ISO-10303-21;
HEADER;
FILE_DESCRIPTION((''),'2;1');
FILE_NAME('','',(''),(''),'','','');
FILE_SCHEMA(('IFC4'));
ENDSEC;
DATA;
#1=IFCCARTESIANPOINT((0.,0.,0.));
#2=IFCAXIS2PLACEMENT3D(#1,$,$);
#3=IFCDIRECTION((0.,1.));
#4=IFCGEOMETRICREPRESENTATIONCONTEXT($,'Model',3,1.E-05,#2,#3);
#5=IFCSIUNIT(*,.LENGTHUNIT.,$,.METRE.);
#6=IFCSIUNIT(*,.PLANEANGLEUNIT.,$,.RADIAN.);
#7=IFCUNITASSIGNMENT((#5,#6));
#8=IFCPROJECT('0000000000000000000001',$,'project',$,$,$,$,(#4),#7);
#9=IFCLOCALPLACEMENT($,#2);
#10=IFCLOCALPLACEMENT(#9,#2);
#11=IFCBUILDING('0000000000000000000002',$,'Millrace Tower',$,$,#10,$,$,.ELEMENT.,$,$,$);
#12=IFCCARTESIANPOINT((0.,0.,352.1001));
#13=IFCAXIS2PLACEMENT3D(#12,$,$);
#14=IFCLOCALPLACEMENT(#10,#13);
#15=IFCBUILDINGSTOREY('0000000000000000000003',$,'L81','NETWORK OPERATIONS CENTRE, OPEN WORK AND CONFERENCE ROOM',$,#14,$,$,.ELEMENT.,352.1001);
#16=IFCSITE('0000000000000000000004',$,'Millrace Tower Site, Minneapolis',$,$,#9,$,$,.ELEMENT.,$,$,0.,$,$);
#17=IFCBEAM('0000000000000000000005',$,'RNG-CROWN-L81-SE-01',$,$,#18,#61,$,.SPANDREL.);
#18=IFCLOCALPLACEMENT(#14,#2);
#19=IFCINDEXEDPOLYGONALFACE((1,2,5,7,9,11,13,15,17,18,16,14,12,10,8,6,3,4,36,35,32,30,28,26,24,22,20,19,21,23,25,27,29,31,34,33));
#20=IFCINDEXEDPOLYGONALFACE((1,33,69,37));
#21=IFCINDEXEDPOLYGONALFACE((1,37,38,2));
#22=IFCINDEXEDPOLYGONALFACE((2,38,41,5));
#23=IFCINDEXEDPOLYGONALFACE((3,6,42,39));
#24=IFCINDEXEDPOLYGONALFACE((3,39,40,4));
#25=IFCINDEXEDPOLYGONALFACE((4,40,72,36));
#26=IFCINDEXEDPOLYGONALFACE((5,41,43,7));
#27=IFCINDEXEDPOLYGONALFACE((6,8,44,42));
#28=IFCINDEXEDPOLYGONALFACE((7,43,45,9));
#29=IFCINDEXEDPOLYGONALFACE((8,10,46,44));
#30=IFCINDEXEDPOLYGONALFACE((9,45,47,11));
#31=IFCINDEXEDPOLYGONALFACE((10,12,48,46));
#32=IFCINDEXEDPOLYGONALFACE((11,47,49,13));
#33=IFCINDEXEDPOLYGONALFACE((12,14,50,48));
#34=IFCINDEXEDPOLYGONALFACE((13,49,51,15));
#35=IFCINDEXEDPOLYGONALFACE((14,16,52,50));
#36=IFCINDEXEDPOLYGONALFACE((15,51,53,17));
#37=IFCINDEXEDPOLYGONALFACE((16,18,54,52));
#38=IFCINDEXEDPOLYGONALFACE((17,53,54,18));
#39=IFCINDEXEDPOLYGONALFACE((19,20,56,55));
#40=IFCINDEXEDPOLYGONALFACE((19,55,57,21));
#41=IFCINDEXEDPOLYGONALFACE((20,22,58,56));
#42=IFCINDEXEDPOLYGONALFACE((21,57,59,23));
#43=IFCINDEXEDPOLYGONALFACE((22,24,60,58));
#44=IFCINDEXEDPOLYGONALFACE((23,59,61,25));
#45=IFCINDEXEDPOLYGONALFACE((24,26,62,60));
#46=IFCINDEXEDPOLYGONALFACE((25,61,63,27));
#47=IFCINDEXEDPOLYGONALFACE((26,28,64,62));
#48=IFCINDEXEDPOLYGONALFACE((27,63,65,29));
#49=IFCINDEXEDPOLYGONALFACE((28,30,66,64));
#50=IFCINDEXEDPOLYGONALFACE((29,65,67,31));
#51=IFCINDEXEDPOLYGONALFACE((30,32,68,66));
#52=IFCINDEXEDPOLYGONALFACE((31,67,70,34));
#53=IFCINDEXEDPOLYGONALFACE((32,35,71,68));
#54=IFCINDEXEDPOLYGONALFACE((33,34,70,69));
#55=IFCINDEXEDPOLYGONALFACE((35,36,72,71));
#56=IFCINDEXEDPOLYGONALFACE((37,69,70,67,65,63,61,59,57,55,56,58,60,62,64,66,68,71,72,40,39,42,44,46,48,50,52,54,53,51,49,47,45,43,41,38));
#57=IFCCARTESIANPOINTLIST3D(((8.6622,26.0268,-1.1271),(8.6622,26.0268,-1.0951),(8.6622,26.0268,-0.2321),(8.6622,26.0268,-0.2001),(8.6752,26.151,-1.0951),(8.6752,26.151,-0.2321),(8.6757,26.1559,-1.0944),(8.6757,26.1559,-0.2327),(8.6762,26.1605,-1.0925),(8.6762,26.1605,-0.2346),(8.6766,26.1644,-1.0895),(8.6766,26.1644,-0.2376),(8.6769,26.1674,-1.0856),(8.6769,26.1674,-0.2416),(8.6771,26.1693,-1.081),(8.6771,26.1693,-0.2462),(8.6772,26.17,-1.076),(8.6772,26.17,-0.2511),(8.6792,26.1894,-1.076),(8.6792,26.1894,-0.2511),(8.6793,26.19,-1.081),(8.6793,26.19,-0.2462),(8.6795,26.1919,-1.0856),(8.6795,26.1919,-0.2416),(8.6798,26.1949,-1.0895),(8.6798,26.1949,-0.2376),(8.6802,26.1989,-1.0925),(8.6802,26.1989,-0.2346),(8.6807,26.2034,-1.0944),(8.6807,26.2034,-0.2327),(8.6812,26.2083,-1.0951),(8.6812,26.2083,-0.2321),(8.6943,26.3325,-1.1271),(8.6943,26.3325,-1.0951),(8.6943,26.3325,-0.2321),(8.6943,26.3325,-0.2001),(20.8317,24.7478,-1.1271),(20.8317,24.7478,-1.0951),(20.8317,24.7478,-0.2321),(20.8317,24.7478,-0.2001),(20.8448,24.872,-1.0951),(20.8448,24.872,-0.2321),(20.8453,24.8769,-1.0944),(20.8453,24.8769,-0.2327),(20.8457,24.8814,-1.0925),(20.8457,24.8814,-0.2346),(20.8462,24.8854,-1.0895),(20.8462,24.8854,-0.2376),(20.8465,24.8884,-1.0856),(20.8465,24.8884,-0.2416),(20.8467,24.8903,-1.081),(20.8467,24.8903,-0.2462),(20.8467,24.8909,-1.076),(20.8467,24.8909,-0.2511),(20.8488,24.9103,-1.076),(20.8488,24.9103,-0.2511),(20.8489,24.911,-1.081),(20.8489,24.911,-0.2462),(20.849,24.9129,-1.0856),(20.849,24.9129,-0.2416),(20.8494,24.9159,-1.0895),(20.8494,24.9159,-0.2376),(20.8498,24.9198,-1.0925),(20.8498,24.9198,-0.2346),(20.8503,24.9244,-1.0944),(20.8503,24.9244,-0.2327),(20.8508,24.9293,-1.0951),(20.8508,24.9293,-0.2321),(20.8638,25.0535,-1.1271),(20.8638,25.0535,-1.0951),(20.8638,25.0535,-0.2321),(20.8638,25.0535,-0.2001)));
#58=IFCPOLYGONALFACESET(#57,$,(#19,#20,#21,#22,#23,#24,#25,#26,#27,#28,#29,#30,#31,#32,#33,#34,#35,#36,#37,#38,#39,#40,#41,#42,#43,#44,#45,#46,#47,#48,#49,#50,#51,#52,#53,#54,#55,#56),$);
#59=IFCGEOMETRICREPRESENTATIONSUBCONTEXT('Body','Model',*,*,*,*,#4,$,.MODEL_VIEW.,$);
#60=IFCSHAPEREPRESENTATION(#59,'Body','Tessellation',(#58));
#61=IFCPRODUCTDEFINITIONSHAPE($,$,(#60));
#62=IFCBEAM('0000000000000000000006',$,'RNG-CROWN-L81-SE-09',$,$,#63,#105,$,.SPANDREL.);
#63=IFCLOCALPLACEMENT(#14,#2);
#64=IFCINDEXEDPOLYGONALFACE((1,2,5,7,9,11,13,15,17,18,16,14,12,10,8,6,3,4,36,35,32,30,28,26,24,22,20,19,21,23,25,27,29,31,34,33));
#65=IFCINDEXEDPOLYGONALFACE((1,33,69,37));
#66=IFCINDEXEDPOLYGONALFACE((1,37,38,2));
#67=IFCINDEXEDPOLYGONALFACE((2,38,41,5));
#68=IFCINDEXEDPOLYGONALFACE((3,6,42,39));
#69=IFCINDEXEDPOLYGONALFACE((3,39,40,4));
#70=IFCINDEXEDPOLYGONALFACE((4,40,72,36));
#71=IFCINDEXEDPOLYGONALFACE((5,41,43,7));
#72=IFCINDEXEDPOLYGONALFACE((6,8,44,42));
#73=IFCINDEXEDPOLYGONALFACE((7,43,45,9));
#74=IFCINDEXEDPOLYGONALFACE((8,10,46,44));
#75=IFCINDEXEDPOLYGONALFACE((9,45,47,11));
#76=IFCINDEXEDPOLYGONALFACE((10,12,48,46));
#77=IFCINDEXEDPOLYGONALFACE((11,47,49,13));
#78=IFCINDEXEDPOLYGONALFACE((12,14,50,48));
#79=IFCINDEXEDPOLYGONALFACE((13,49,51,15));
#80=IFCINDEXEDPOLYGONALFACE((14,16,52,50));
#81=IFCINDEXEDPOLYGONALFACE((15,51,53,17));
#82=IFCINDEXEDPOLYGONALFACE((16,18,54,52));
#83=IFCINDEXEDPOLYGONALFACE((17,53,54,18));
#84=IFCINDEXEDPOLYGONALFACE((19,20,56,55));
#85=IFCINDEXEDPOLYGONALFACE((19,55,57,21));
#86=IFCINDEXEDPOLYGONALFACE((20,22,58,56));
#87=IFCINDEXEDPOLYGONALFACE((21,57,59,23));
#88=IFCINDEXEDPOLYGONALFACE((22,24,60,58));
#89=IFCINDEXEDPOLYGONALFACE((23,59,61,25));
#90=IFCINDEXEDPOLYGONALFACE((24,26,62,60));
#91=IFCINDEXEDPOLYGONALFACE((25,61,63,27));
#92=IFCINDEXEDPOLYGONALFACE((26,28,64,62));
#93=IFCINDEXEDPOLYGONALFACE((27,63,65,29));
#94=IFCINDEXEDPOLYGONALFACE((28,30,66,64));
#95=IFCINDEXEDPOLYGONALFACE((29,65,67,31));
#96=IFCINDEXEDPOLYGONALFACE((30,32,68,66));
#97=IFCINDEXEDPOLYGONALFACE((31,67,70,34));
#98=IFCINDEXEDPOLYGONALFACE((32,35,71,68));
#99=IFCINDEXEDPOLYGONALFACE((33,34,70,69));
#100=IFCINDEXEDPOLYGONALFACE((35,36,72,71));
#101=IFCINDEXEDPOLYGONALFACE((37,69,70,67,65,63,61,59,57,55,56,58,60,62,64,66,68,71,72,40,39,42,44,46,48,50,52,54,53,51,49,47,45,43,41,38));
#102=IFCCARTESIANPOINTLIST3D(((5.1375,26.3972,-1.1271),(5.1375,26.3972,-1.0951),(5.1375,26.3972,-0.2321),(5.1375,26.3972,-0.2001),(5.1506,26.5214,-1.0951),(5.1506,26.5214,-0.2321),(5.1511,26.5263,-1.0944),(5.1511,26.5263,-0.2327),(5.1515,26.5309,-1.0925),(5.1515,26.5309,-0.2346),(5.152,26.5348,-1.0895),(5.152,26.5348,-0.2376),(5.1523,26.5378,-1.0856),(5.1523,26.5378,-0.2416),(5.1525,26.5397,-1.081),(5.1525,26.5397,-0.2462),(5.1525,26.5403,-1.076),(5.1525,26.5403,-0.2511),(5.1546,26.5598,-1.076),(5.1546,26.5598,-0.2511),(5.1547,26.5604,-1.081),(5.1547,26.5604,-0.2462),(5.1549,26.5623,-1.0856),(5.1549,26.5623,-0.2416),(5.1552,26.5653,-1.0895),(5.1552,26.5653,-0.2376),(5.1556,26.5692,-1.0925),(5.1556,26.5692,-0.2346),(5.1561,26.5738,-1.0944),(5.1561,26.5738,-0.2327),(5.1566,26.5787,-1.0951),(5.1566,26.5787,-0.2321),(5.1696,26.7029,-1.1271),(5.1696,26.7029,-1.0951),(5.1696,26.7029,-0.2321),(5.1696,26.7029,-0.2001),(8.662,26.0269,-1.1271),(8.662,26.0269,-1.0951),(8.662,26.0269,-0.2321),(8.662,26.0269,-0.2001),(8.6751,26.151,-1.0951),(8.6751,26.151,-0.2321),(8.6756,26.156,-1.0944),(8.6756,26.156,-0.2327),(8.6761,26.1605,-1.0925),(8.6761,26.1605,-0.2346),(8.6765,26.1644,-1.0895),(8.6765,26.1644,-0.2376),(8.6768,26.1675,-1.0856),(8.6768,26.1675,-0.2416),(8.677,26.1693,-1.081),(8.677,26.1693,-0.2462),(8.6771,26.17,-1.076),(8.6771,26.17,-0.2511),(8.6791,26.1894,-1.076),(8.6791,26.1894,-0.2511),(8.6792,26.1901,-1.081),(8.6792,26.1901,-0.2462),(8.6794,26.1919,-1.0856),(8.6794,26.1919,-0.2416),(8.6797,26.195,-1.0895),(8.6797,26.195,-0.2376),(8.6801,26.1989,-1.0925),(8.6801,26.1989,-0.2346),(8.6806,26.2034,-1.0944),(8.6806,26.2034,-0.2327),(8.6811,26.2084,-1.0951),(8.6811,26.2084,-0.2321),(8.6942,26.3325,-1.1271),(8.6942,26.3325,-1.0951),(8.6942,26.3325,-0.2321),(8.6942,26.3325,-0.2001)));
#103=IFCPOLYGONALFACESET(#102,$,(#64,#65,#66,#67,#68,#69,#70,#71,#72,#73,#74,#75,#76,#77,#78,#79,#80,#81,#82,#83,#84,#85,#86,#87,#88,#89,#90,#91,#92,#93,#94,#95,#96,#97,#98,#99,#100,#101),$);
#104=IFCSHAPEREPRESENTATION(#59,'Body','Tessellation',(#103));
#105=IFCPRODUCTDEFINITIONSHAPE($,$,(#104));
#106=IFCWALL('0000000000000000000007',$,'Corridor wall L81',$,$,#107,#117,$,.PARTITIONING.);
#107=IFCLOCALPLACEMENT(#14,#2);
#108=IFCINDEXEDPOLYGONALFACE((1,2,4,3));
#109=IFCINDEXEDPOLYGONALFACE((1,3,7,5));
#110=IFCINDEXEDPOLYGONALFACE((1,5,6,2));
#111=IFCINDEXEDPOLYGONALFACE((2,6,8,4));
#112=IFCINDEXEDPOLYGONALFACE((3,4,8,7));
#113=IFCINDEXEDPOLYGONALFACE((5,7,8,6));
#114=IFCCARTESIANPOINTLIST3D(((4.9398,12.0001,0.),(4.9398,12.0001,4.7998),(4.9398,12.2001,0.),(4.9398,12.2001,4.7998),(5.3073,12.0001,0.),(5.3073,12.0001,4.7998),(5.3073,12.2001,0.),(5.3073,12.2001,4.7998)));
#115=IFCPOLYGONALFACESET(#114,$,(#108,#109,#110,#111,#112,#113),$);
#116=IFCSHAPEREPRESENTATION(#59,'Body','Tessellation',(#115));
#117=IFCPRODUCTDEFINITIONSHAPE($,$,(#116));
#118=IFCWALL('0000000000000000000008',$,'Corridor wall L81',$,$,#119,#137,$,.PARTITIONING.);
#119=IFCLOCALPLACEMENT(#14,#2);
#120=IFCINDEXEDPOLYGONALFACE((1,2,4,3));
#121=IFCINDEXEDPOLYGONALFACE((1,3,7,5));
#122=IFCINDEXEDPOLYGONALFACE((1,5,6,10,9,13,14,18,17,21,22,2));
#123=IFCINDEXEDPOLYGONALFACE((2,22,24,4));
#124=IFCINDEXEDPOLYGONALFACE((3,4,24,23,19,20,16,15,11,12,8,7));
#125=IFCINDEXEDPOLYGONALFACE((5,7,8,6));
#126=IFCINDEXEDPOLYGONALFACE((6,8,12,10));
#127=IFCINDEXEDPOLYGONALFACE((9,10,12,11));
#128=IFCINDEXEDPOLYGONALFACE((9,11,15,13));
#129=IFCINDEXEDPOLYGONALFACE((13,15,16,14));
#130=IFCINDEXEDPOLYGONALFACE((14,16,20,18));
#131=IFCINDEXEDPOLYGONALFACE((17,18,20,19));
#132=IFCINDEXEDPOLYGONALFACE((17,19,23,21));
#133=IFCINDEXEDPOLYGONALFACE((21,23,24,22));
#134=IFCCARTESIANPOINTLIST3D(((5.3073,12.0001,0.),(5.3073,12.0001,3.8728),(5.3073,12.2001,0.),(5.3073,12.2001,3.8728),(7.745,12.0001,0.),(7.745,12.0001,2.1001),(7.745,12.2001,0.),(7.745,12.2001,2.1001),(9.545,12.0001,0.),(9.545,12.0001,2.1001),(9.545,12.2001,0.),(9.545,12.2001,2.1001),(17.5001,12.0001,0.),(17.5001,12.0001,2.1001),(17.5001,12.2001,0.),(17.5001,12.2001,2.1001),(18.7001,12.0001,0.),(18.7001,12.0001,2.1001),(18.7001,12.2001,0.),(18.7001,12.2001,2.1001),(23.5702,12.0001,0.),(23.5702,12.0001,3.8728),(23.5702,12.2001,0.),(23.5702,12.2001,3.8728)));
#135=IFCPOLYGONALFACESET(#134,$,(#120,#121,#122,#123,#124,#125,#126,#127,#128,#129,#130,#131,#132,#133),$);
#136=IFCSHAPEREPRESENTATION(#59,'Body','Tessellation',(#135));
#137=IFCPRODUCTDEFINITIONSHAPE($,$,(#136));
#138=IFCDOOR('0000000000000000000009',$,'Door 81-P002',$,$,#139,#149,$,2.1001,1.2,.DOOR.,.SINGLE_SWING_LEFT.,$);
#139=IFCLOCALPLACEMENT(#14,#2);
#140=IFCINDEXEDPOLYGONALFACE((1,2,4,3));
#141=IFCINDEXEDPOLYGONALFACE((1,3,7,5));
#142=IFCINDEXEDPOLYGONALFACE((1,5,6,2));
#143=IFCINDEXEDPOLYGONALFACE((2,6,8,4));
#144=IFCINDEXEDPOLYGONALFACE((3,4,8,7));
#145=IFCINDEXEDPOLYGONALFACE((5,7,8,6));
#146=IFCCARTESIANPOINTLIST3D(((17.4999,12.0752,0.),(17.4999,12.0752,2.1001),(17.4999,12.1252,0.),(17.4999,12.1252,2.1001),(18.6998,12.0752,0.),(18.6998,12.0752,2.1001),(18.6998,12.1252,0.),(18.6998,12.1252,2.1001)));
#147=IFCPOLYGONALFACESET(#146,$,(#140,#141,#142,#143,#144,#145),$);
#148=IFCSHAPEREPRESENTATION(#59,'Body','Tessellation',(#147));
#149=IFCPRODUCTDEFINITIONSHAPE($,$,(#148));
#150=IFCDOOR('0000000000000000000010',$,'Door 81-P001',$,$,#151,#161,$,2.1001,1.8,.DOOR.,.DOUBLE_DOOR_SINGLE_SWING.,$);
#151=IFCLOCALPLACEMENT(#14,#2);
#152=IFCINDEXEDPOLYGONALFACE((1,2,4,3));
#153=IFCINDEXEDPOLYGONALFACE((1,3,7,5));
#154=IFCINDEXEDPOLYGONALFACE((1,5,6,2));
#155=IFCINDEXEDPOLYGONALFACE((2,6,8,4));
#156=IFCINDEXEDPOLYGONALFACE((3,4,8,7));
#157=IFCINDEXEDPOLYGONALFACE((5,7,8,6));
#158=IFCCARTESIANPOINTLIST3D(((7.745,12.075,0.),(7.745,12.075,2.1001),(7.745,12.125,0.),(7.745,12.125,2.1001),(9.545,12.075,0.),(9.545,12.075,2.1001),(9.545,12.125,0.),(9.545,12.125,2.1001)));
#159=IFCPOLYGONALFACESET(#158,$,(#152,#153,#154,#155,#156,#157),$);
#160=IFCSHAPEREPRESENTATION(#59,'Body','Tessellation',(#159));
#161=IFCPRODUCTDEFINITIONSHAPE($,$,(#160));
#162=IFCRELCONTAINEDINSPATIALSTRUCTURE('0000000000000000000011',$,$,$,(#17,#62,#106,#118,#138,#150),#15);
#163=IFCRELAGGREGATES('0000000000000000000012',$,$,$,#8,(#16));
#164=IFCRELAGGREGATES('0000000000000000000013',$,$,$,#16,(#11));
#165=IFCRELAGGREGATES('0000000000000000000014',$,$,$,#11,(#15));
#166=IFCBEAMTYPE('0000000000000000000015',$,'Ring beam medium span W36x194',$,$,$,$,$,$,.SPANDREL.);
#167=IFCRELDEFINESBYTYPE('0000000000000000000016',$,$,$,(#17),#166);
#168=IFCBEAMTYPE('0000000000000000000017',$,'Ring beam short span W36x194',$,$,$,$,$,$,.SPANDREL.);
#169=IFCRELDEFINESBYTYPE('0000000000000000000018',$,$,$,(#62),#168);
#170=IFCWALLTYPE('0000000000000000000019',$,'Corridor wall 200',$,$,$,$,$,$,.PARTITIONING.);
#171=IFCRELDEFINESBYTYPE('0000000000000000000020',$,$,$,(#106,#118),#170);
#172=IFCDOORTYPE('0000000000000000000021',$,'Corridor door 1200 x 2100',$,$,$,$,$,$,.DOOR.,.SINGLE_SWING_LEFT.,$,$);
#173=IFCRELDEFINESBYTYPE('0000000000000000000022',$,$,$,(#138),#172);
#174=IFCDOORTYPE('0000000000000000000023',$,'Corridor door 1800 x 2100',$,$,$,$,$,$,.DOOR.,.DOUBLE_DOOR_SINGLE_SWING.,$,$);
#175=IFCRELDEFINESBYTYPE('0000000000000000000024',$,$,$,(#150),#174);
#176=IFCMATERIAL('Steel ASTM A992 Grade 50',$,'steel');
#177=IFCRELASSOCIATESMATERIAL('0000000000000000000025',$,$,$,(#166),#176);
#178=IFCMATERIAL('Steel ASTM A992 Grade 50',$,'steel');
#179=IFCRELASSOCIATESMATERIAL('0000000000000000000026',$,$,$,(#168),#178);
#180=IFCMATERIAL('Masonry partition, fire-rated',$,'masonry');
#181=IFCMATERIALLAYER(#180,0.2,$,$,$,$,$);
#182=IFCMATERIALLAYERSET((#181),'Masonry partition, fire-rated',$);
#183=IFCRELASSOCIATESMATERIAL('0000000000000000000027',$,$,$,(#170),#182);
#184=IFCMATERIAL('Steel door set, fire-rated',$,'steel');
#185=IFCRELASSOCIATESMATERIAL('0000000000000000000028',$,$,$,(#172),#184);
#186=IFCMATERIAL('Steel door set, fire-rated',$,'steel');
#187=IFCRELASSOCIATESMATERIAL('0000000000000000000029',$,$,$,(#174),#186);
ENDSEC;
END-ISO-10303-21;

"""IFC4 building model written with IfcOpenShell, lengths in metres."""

from ifc_helpers import new_model, si_unit, direction, frame, frame_2d, origin, origin_2d, place, context, subcontext, project, spatial, rectangle, i_section, extrude, material, layer, layer_set, material_profile, profile_set, type_object, element, fill, save


model = new_model("IFC4")

# Units and contexts
model_context = context("Model", 3, precision=1e-05, world=origin(), true_north=direction((0.0, 1.0)))
body_context = subcontext(model_context, "Body", "Model", "MODEL_VIEW")
ifc_project = project(units=[si_unit("LENGTHUNIT", "METRE"), si_unit("PLANEANGLEUNIT", "RADIAN")], contexts=[model_context])

# Site, building, storey
site_placement = place(None, origin())
site = spatial("IfcSite", under=ifc_project, at=site_placement, Name="Millrace Tower Site, Minneapolis", CompositionType="ELEMENT", RefElevation=0.0)
building_placement = place(site_placement, origin())
building = spatial("IfcBuilding", under=site, at=building_placement, Name="Millrace Tower", CompositionType="ELEMENT")
storey_placement = place(building_placement, frame((0.0, 0.0, 352.1001)))
storey = spatial("IfcBuildingStorey", under=building, at=storey_placement, Name="L81", Description="NETWORK OPERATIONS CENTRE, OPEN WORK AND CONFERENCE ROOM", CompositionType="ELEMENT", Elevation=352.1001)

# Beams
ifc_material_1 = material(Name="Steel ASTM A992 Grade 50", Category="steel")
ifc_material_profile_1 = material_profile(ifc_material_1, i_section(OverallWidth=0.3074, OverallDepth=0.927, WebThickness=0.0195, FlangeThickness=0.032, FilletRadius=0.019, at=origin_2d()))
ifc_profile_set_1 = profile_set([ifc_material_profile_1], Name="Steel ASTM A992 Grade 50")
beam_type_1 = type_object("IfcBeamType", Name="Ring beam medium span W36x194", PredefinedType="SPANDREL", material=ifc_profile_set_1)
beam_1_placement = place(storey_placement, frame((8.6782, 26.1797, -0.6636), z_axis=(0.994522, -0.104528, 0.0), x_axis=(0.104528, 0.994522, 0.0)))
element("IfcBeam", 1, at=beam_1_placement, inside=storey, type_object=beam_type_1, Name="RNG-CROWN-L81-SE-01", PredefinedType="SPANDREL", context=body_context, shape_type="SweptSolid", body=[
    extrude(i_section(OverallWidth=0.3074, OverallDepth=0.927, WebThickness=0.0195, FlangeThickness=0.032, FilletRadius=0.019, at=origin_2d()), origin(), (0.0, 0.0, 1.0), 12.2366),
])
ifc_material_2 = material(Name="Steel ASTM A992 Grade 50", Category="steel")
ifc_material_profile_2 = material_profile(ifc_material_2, i_section(OverallWidth=0.3074, OverallDepth=0.927, WebThickness=0.0195, FlangeThickness=0.032, FilletRadius=0.019, at=origin_2d()))
ifc_profile_set_2 = profile_set([ifc_material_profile_2], Name="Steel ASTM A992 Grade 50")
beam_type_2 = type_object("IfcBeamType", Name="Ring beam short span W36x194", PredefinedType="SPANDREL", material=ifc_profile_set_2)
beam_2_placement = place(storey_placement, frame((5.1536, 26.55, -0.6636), z_axis=(0.994525, -0.104502, 0.0), x_axis=(0.104502, 0.994525, 0.0)))
element("IfcBeam", 2, at=beam_2_placement, inside=storey, type_object=beam_type_2, Name="RNG-CROWN-L81-SE-09", PredefinedType="SPANDREL", context=body_context, shape_type="SweptSolid", body=[
    extrude(i_section(OverallWidth=0.3074, OverallDepth=0.927, WebThickness=0.0195, FlangeThickness=0.032, FilletRadius=0.019, at=origin_2d()), origin(), (0.0, 0.0, 1.0), 3.5439),
])

# Wall
ifc_material_3 = material(Name="Masonry partition, fire-rated", Category="masonry")
ifc_layer_1 = layer(ifc_material_3, 0.2)
ifc_layer_set_1 = layer_set([ifc_layer_1], Name="Masonry partition, fire-rated")
wall_type = type_object("IfcWallType", Name="Corridor wall 200", PredefinedType="PARTITIONING", material=ifc_layer_set_1)
wall_1_placement = place(storey_placement, frame((4.9399, 12.1001, 0.0), z_axis=(0.0, 0.0, 1.0), x_axis=(1.0, 0.0, 0.0)))
element("IfcWall", 3, at=wall_1_placement, inside=storey, type_object=wall_type, Name="Corridor wall L81", PredefinedType="PARTITIONING", context=body_context, shape_type="SweptSolid", body=[
    extrude(rectangle(XDim=0.3674, YDim=0.2, at=frame_2d((0.1836, 0.0))), origin(), (0.0, 0.0, 1.0), 4.7998),
])

# Wall, openings, doors
wall_2_placement = place(storey_placement, frame((5.3074, 12.1001, 0.0), z_axis=(0.0, 0.0, 1.0), x_axis=(1.0, 0.0, 0.0)))
wall_2 = element("IfcWall", 4, at=wall_2_placement, inside=storey, type_object=wall_type, Name="Corridor wall L81", PredefinedType="PARTITIONING", context=body_context, shape_type="SweptSolid", body=[
    extrude(rectangle(XDim=18.2629, YDim=0.2, at=frame_2d((9.1313, 0.0))), origin(), (0.0, 0.0, 1.0), 3.8728),
])
opening_1_placement = place(wall_2_placement, frame((2.4377, 0.0, 0.0)))
opening_1 = element("IfcOpeningElement", 5, at=opening_1_placement, cuts=wall_2, PredefinedType="OPENING", context=body_context, shape_type="SweptSolid", body=[
    extrude(rectangle(XDim=1.8, YDim=2.1001, at=frame_2d((0.8999, 1.05))), frame((0.0, 0.1099, 0.0), z_axis=(0.0, -1.0, 0.0), x_axis=(1.0, 0.0, 0.0)), (0.0, 0.0, 1.0), 0.22),
])
opening_2_placement = place(wall_2_placement, frame((12.1926, 0.0, 0.0)))
opening_2 = element("IfcOpeningElement", 6, at=opening_2_placement, cuts=wall_2, PredefinedType="OPENING", context=body_context, shape_type="SweptSolid", body=[
    extrude(rectangle(XDim=1.2, YDim=2.1001, at=frame_2d((0.6001, 1.05))), frame((0.0, 0.1099, 0.0), z_axis=(0.0, -1.0, 0.0), x_axis=(1.0, 0.0, 0.0)), (0.0, 0.0, 1.0), 0.22),
])
ifc_material_4 = material(Name="Steel door set, fire-rated", Category="steel")
door_type_1 = type_object("IfcDoorType", Name="Corridor door 1200 x 2100", OperationType="SINGLE_SWING_LEFT", PredefinedType="DOOR", material=ifc_material_4)
door_1_placement = place(opening_2_placement, frame((1.2, 0.0, 0.0), z_axis=(0.0, 0.0, 1.0), x_axis=(-1.0, 0.0, 0.0)))
door_1 = element("IfcDoor", 7, at=door_1_placement, inside=storey, type_object=door_type_1, Name="Door 81-P002", OperationType="SINGLE_SWING_LEFT", OverallHeight=2.1001, OverallWidth=1.2, PredefinedType="DOOR", context=body_context, shape_type="SweptSolid", body=[
    extrude(rectangle(XDim=1.2, YDim=2.1001, at=frame_2d((0.6001, 1.05))), frame((0.0, 0.0249, 0.0), z_axis=(0.0, -1.0, 0.0), x_axis=(1.0, 0.0, 0.0)), (0.0, 0.0, 1.0), 0.05),
])
fill(opening_2, door_1)
ifc_material_5 = material(Name="Steel door set, fire-rated", Category="steel")
door_type_2 = type_object("IfcDoorType", Name="Corridor door 1800 x 2100", OperationType="DOUBLE_DOOR_SINGLE_SWING", PredefinedType="DOOR", material=ifc_material_5)
door_2_placement = place(opening_1_placement, origin())
door_2 = element("IfcDoor", 8, at=door_2_placement, inside=storey, type_object=door_type_2, Name="Door 81-P001", OperationType="DOUBLE_DOOR_SINGLE_SWING", OverallHeight=2.1001, OverallWidth=1.8, PredefinedType="DOOR", context=body_context, shape_type="SweptSolid", body=[
    extrude(rectangle(XDim=1.8, YDim=2.1001, at=frame_2d((0.8999, 1.05))), frame((0.0, 0.0249, 0.0), z_axis=(0.0, -1.0, 0.0), x_axis=(1.0, 0.0, 0.0)), (0.0, 0.0, 1.0), 0.05),
])
fill(opening_1, door_2)

save(model, "model.ifc")
